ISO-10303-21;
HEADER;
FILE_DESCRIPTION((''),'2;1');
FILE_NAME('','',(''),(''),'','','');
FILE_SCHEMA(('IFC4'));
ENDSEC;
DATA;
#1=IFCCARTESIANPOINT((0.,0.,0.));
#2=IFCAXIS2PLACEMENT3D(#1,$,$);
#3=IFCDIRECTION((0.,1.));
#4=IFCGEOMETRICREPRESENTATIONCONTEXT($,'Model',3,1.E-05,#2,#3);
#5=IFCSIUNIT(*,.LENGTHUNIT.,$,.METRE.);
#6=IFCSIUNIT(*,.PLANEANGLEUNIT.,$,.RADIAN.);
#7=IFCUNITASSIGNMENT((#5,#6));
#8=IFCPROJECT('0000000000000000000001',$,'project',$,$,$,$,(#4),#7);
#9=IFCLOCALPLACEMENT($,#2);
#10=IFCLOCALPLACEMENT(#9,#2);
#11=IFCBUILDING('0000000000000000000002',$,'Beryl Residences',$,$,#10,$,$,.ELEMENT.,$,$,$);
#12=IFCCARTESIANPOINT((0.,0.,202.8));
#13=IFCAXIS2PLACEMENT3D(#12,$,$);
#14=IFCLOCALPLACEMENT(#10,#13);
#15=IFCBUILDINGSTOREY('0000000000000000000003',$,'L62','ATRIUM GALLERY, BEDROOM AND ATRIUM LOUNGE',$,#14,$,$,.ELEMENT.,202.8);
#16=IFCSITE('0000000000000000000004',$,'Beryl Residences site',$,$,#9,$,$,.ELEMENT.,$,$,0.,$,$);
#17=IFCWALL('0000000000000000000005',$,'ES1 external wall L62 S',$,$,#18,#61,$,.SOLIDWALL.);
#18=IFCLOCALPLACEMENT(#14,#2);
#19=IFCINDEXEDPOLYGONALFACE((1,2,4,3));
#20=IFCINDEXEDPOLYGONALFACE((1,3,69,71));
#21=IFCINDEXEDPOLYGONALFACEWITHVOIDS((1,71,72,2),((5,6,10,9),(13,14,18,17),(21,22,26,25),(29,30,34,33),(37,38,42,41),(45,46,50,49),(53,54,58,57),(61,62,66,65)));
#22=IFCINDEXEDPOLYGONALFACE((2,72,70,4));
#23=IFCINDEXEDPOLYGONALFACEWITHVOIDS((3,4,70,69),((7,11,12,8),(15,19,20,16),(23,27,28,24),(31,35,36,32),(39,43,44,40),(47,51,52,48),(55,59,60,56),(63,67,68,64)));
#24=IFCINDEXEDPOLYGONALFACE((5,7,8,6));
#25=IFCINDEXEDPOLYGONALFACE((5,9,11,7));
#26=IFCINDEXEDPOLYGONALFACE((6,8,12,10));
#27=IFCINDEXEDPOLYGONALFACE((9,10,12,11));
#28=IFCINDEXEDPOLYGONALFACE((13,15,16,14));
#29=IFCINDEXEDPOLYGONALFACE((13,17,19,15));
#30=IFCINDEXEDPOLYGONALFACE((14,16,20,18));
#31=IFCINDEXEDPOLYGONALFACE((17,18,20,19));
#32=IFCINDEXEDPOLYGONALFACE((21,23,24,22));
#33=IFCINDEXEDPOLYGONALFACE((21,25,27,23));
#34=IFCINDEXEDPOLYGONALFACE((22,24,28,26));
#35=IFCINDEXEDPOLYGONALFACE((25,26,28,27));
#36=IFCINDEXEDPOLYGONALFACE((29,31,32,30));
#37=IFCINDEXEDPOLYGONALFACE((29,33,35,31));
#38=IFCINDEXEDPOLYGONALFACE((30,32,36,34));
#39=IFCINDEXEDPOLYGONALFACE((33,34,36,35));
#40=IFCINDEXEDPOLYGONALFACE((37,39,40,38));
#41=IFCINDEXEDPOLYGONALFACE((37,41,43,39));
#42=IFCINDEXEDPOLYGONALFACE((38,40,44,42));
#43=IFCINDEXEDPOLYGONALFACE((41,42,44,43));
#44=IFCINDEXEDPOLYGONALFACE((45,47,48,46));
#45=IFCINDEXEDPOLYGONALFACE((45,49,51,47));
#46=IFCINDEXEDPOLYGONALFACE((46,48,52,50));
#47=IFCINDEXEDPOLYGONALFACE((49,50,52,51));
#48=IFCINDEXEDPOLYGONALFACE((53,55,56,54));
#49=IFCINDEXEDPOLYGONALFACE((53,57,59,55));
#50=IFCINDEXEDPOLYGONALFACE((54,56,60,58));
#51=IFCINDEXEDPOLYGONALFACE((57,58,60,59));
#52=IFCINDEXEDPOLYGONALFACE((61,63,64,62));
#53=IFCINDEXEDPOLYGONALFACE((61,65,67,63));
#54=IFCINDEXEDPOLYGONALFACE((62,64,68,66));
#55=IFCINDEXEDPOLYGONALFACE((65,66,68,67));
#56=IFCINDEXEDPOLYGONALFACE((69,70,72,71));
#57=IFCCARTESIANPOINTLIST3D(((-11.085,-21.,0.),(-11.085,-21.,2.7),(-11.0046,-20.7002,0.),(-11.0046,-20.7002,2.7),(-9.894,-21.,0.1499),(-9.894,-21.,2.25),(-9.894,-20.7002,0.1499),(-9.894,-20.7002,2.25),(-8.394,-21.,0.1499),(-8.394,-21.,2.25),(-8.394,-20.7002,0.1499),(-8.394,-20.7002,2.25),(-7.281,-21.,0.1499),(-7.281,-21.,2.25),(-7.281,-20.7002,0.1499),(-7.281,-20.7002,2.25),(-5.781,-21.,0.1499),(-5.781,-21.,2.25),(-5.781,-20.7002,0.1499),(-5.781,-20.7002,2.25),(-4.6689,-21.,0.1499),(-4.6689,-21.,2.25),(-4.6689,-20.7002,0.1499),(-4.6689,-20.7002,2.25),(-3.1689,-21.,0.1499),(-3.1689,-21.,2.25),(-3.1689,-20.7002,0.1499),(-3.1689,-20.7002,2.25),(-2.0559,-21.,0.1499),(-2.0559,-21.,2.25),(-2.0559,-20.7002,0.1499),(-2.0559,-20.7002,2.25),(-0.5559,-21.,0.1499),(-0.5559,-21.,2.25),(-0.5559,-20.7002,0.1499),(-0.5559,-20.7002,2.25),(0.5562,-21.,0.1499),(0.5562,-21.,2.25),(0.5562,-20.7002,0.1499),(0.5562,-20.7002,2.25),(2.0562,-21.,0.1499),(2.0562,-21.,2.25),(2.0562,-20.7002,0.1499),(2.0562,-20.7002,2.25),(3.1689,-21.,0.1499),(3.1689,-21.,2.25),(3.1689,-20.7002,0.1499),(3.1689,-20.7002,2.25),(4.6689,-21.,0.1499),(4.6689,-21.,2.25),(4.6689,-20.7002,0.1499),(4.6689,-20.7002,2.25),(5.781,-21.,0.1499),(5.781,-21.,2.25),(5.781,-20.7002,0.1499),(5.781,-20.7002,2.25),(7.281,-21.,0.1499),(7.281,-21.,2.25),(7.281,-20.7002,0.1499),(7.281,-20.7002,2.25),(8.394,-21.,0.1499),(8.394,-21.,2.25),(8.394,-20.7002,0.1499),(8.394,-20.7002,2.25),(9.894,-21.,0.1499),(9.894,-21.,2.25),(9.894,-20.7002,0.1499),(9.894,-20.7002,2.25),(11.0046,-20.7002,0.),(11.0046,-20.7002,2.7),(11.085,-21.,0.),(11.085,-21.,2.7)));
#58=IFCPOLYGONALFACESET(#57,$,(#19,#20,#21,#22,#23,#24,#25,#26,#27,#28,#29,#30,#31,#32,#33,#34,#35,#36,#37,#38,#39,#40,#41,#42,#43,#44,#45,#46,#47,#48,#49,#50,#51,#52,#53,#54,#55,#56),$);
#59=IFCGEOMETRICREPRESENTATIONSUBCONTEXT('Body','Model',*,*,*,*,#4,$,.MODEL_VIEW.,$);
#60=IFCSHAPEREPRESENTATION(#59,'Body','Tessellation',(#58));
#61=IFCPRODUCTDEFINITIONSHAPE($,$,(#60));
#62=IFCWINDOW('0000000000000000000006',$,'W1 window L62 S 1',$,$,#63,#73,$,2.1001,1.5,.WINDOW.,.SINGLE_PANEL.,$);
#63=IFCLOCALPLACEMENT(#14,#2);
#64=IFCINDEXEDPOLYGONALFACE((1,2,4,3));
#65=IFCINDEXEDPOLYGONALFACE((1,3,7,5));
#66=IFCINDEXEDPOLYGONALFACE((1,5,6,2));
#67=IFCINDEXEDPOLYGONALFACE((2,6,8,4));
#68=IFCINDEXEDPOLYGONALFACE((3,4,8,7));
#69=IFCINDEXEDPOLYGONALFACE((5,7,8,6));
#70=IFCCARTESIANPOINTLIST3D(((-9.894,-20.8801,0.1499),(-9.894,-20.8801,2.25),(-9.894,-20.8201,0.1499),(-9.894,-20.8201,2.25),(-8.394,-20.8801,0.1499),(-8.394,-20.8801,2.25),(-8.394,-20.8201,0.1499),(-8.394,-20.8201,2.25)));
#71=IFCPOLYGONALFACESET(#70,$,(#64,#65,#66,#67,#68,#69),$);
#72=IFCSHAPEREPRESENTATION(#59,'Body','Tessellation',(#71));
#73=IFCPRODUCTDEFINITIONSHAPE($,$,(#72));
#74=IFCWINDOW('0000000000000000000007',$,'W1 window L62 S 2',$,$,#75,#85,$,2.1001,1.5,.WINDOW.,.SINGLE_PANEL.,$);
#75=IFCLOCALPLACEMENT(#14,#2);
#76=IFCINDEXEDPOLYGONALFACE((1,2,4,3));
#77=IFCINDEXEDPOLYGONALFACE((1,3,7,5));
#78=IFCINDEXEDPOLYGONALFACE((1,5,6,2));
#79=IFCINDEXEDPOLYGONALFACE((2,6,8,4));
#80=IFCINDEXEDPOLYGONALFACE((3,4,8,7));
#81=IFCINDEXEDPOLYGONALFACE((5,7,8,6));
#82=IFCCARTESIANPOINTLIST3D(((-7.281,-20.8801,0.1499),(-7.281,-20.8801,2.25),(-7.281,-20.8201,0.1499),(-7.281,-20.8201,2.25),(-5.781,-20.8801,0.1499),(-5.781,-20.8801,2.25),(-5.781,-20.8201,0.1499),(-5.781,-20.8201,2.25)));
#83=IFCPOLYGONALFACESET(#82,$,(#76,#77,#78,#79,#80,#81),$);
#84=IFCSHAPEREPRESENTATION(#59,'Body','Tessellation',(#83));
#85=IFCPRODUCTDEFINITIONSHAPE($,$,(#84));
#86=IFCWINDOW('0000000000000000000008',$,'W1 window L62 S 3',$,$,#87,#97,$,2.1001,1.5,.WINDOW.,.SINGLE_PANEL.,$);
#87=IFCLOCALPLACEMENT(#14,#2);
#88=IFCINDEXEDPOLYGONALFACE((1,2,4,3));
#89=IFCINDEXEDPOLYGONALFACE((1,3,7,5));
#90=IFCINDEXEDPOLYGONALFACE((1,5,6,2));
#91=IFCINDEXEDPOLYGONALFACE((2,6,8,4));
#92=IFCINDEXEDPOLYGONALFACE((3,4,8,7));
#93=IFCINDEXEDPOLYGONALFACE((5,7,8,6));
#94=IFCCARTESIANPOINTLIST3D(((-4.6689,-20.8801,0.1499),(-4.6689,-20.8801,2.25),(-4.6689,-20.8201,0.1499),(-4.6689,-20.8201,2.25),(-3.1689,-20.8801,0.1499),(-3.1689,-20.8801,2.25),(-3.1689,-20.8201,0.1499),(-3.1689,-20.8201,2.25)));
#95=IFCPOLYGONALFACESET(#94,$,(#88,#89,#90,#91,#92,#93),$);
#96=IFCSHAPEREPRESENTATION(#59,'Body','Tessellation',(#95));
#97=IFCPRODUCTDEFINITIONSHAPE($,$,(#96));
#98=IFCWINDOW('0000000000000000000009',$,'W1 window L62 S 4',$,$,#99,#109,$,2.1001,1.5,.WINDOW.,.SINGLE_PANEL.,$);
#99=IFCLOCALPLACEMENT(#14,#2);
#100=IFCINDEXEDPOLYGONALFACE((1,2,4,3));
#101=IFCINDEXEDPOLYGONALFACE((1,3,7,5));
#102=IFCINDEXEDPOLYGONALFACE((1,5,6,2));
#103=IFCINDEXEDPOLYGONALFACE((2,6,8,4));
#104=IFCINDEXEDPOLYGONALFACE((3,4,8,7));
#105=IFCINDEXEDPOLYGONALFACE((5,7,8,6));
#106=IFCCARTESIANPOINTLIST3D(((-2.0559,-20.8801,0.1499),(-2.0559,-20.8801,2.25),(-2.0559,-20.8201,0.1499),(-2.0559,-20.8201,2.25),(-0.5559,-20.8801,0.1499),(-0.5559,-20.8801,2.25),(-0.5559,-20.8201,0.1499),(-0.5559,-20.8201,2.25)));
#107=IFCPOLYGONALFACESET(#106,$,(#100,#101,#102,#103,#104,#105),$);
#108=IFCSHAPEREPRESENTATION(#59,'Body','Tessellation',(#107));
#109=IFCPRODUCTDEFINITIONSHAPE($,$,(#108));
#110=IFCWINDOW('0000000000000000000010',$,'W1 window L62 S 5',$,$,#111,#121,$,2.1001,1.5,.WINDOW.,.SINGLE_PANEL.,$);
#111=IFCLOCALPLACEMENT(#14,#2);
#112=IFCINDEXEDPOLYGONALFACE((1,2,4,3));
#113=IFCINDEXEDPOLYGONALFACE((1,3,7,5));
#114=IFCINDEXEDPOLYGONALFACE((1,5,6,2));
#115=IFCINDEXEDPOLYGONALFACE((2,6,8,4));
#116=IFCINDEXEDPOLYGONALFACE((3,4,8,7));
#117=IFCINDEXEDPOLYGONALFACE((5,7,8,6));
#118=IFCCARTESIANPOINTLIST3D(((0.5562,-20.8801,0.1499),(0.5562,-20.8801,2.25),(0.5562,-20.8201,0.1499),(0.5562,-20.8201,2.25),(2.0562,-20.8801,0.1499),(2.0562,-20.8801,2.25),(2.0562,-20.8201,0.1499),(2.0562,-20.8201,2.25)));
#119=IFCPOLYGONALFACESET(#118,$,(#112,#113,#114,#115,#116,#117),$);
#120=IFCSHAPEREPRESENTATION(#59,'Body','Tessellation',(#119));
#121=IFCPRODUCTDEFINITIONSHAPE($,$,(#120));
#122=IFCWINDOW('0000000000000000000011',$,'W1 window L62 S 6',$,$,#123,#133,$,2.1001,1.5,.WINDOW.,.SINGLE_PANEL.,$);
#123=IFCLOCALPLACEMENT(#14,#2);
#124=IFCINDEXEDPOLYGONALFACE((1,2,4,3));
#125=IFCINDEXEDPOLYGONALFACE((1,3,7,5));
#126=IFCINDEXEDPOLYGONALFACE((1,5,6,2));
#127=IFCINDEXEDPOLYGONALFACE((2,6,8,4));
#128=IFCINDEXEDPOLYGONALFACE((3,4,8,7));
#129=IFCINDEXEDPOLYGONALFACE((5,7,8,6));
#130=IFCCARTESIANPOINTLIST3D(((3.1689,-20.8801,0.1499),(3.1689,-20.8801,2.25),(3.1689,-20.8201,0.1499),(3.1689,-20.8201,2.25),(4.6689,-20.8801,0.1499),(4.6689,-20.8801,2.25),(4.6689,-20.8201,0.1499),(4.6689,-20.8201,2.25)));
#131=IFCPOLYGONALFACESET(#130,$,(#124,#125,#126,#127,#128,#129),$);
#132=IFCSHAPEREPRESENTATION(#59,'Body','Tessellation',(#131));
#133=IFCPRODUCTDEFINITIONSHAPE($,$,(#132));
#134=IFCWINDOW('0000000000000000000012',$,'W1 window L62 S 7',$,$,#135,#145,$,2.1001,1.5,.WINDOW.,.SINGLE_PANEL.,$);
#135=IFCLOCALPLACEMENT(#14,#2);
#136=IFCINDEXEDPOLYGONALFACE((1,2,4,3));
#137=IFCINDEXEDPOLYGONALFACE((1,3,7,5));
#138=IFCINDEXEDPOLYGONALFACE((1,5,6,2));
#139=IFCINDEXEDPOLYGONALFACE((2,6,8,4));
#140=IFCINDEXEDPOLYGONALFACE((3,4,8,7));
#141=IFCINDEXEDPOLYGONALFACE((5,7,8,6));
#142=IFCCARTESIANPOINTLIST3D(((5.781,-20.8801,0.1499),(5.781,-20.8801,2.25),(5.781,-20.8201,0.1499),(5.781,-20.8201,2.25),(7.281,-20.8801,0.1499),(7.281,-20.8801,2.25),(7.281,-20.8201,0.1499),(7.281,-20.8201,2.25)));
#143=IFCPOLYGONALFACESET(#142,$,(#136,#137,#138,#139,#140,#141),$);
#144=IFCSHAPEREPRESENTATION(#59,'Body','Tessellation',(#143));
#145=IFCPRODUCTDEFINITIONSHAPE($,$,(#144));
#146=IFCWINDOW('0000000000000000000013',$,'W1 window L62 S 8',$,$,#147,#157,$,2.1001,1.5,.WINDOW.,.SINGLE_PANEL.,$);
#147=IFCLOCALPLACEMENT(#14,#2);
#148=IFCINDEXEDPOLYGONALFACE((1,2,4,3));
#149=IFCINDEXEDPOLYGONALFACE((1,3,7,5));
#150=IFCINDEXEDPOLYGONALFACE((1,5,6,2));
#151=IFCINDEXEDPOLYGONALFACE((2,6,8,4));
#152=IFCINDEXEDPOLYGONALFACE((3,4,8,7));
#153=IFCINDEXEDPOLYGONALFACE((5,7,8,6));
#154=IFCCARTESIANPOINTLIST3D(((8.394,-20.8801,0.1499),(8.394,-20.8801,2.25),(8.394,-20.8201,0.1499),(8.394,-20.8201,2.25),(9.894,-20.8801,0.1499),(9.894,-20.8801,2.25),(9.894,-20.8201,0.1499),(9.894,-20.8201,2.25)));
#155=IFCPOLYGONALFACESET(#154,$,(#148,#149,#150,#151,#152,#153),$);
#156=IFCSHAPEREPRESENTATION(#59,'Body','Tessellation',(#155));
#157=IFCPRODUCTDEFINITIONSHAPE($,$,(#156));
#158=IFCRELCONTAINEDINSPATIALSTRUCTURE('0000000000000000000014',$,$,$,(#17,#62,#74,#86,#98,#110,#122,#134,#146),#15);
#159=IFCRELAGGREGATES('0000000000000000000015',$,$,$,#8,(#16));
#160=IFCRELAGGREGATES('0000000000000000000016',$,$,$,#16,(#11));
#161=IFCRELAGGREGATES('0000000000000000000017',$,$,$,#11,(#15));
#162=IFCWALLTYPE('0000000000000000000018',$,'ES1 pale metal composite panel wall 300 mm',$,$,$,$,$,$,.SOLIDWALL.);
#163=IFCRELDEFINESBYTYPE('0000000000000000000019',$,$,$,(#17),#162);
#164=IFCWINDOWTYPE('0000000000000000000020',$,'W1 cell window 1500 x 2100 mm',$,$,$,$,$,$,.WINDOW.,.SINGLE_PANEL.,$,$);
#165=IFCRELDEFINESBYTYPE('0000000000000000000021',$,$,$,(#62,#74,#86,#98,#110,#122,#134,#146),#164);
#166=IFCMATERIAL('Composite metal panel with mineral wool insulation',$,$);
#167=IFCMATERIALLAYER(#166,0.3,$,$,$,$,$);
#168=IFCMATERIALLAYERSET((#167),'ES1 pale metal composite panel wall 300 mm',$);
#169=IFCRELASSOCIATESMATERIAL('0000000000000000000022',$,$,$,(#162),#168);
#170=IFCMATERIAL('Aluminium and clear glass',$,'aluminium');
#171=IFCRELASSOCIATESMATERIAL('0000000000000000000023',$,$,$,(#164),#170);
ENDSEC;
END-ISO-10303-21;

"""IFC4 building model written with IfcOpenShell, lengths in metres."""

from ifc_helpers import new_model, si_unit, direction, frame, frame_2d, origin, place, context, subcontext, project, spatial, polyline, rectangle, outline, extrude, material, layer, layer_set, type_object, element, fill, save


model = new_model("IFC4")

# Units and contexts
model_context = context("Model", 3, precision=1e-05, world=origin(), true_north=direction((0.0, 1.0)))
body_context = subcontext(model_context, "Body", "Model", "MODEL_VIEW")
ifc_project = project(units=[si_unit("LENGTHUNIT", "METRE"), si_unit("PLANEANGLEUNIT", "RADIAN")], contexts=[model_context])

# Site, building, storey
site_placement = place(None, origin())
site = spatial("IfcSite", under=ifc_project, at=site_placement, Name="Beryl Residences site", CompositionType="ELEMENT", RefElevation=0.0)
building_placement = place(site_placement, origin())
building = spatial("IfcBuilding", under=site, at=building_placement, Name="Beryl Residences", CompositionType="ELEMENT")
storey_placement = place(building_placement, frame((0.0, 0.0, 202.8)))
storey = spatial("IfcBuildingStorey", under=building, at=storey_placement, Name="L62", Description="ATRIUM GALLERY, BEDROOM AND ATRIUM LOUNGE", CompositionType="ELEMENT", Elevation=202.8)

# Wall, openings, windows
ifc_material_1 = material(Name="Composite metal panel with mineral wool insulation")
ifc_layer_1 = layer(ifc_material_1, 0.3)
ifc_layer_set_1 = layer_set([ifc_layer_1], Name="ES1 pale metal composite panel wall 300 mm")
wall_type_1 = type_object("IfcWallType", Name="ES1 pale metal composite panel wall 300 mm", PredefinedType="SOLIDWALL", material=ifc_layer_set_1)
wall_1_placement = place(storey_placement, frame((-11.085, -20.8501, 0.0), z_axis=(0.0, 0.0, 1.0), x_axis=(1.0, 0.0, 0.0)))
wall_1 = element("IfcWall", 1, at=wall_1_placement, inside=storey, type_object=wall_type_1, Name="ES1 external wall L62 S", PredefinedType="SOLIDWALL", context=body_context, shape_type="SweptSolid", body=[
    extrude(outline(polyline([(0.0, -0.1499), (22.1699, -0.1499), (22.0896, 0.1499), (0.0803, 0.1499), (0.0, -0.1499)])), origin(), (0.0, 0.0, 1.0), 2.7),
])
opening_1_placement = place(wall_1_placement, frame((1.1909, 0.0, 0.1499)))
opening_1 = element("IfcOpeningElement", 2, at=opening_1_placement, cuts=wall_1, PredefinedType="OPENING", context=body_context, shape_type="SweptSolid", body=[
    extrude(rectangle(XDim=1.5, YDim=2.1001, at=frame_2d((0.75, 1.05))), frame((0.0, 0.1599, 0.0), z_axis=(0.0, -1.0, 0.0), x_axis=(1.0, 0.0, 0.0)), (0.0, 0.0, 1.0), 0.3201),
])
opening_2_placement = place(wall_1_placement, frame((3.804, 0.0, 0.1499)))
opening_2 = element("IfcOpeningElement", 3, at=opening_2_placement, cuts=wall_1, PredefinedType="OPENING", context=body_context, shape_type="SweptSolid", body=[
    extrude(rectangle(XDim=1.5, YDim=2.1001, at=frame_2d((0.75, 1.05))), frame((0.0, 0.1599, 0.0), z_axis=(0.0, -1.0, 0.0), x_axis=(1.0, 0.0, 0.0)), (0.0, 0.0, 1.0), 0.3201),
])
opening_3_placement = place(wall_1_placement, frame((6.416, 0.0, 0.1499)))
opening_3 = element("IfcOpeningElement", 4, at=opening_3_placement, cuts=wall_1, PredefinedType="OPENING", context=body_context, shape_type="SweptSolid", body=[
    extrude(rectangle(XDim=1.5, YDim=2.1001, at=frame_2d((0.75, 1.05))), frame((0.0, 0.1599, 0.0), z_axis=(0.0, -1.0, 0.0), x_axis=(1.0, 0.0, 0.0)), (0.0, 0.0, 1.0), 0.3201),
])
opening_4_placement = place(wall_1_placement, frame((9.0291, 0.0, 0.1499)))
opening_4 = element("IfcOpeningElement", 5, at=opening_4_placement, cuts=wall_1, PredefinedType="OPENING", context=body_context, shape_type="SweptSolid", body=[
    extrude(rectangle(XDim=1.5, YDim=2.1001, at=frame_2d((0.75, 1.05))), frame((0.0, 0.1599, 0.0), z_axis=(0.0, -1.0, 0.0), x_axis=(1.0, 0.0, 0.0)), (0.0, 0.0, 1.0), 0.3201),
])
opening_5_placement = place(wall_1_placement, frame((11.6411, 0.0, 0.1499)))
opening_5 = element("IfcOpeningElement", 6, at=opening_5_placement, cuts=wall_1, PredefinedType="OPENING", context=body_context, shape_type="SweptSolid", body=[
    extrude(rectangle(XDim=1.5, YDim=2.1001, at=frame_2d((0.75, 1.05))), frame((0.0, 0.1599, 0.0), z_axis=(0.0, -1.0, 0.0), x_axis=(1.0, 0.0, 0.0)), (0.0, 0.0, 1.0), 0.3201),
])
opening_6_placement = place(wall_1_placement, frame((14.2539, 0.0, 0.1499)))
opening_6 = element("IfcOpeningElement", 7, at=opening_6_placement, cuts=wall_1, PredefinedType="OPENING", context=body_context, shape_type="SweptSolid", body=[
    extrude(rectangle(XDim=1.5, YDim=2.1001, at=frame_2d((0.75, 1.05))), frame((0.0, 0.1599, 0.0), z_axis=(0.0, -1.0, 0.0), x_axis=(1.0, 0.0, 0.0)), (0.0, 0.0, 1.0), 0.3201),
])
opening_7_placement = place(wall_1_placement, frame((16.866, 0.0, 0.1499)))
opening_7 = element("IfcOpeningElement", 8, at=opening_7_placement, cuts=wall_1, PredefinedType="OPENING", context=body_context, shape_type="SweptSolid", body=[
    extrude(rectangle(XDim=1.5, YDim=2.1001, at=frame_2d((0.75, 1.05))), frame((0.0, 0.1599, 0.0), z_axis=(0.0, -1.0, 0.0), x_axis=(1.0, 0.0, 0.0)), (0.0, 0.0, 1.0), 0.3201),
])
opening_8_placement = place(wall_1_placement, frame((19.479, 0.0, 0.1499)))
opening_8 = element("IfcOpeningElement", 9, at=opening_8_placement, cuts=wall_1, PredefinedType="OPENING", context=body_context, shape_type="SweptSolid", body=[
    extrude(rectangle(XDim=1.5, YDim=2.1001, at=frame_2d((0.75, 1.05))), frame((0.0, 0.1599, 0.0), z_axis=(0.0, -1.0, 0.0), x_axis=(1.0, 0.0, 0.0)), (0.0, 0.0, 1.0), 0.3201),
])
ifc_material_2 = material(Name="Aluminium and clear glass", Category="aluminium")
window_type = type_object("IfcWindowType", Name="W1 cell window 1500 x 2100 mm", PartitioningType="SINGLE_PANEL", PredefinedType="WINDOW", material=ifc_material_2)
window_1_placement = place(opening_1_placement, origin())
window_1 = element("IfcWindow", 10, at=window_1_placement, inside=storey, type_object=window_type, Name="W1 window L62 S 1", OverallHeight=2.1001, OverallWidth=1.5, PartitioningType="SINGLE_PANEL", PredefinedType="WINDOW", context=body_context, shape_type="SweptSolid", body=[
    extrude(rectangle(XDim=1.5, YDim=2.1001, at=frame_2d((0.75, 1.05))), frame((0.0, 0.03, 0.0), z_axis=(0.0, -1.0, 0.0), x_axis=(1.0, 0.0, 0.0)), (0.0, 0.0, 1.0), 0.0601),
])
fill(opening_1, window_1)
window_2_placement = place(opening_2_placement, origin())
window_2 = element("IfcWindow", 11, at=window_2_placement, inside=storey, type_object=window_type, Name="W1 window L62 S 2", OverallHeight=2.1001, OverallWidth=1.5, PartitioningType="SINGLE_PANEL", PredefinedType="WINDOW", context=body_context, shape_type="SweptSolid", body=[
    extrude(rectangle(XDim=1.5, YDim=2.1001, at=frame_2d((0.75, 1.05))), frame((0.0, 0.03, 0.0), z_axis=(0.0, -1.0, 0.0), x_axis=(1.0, 0.0, 0.0)), (0.0, 0.0, 1.0), 0.0601),
])
fill(opening_2, window_2)
window_3_placement = place(opening_3_placement, origin())
window_3 = element("IfcWindow", 12, at=window_3_placement, inside=storey, type_object=window_type, Name="W1 window L62 S 3", OverallHeight=2.1001, OverallWidth=1.5, PartitioningType="SINGLE_PANEL", PredefinedType="WINDOW", context=body_context, shape_type="SweptSolid", body=[
    extrude(rectangle(XDim=1.5, YDim=2.1001, at=frame_2d((0.75, 1.05))), frame((0.0, 0.03, 0.0), z_axis=(0.0, -1.0, 0.0), x_axis=(1.0, 0.0, 0.0)), (0.0, 0.0, 1.0), 0.0601),
])
fill(opening_3, window_3)
window_4_placement = place(opening_4_placement, origin())
window_4 = element("IfcWindow", 13, at=window_4_placement, inside=storey, type_object=window_type, Name="W1 window L62 S 4", OverallHeight=2.1001, OverallWidth=1.5, PartitioningType="SINGLE_PANEL", PredefinedType="WINDOW", context=body_context, shape_type="SweptSolid", body=[
    extrude(rectangle(XDim=1.5, YDim=2.1001, at=frame_2d((0.75, 1.05))), frame((0.0, 0.03, 0.0), z_axis=(0.0, -1.0, 0.0), x_axis=(1.0, 0.0, 0.0)), (0.0, 0.0, 1.0), 0.0601),
])
fill(opening_4, window_4)
window_5_placement = place(opening_5_placement, origin())
window_5 = element("IfcWindow", 14, at=window_5_placement, inside=storey, type_object=window_type, Name="W1 window L62 S 5", OverallHeight=2.1001, OverallWidth=1.5, PartitioningType="SINGLE_PANEL", PredefinedType="WINDOW", context=body_context, shape_type="SweptSolid", body=[
    extrude(rectangle(XDim=1.5, YDim=2.1001, at=frame_2d((0.75, 1.05))), frame((0.0, 0.03, 0.0), z_axis=(0.0, -1.0, 0.0), x_axis=(1.0, 0.0, 0.0)), (0.0, 0.0, 1.0), 0.0601),
])
fill(opening_5, window_5)
window_6_placement = place(opening_6_placement, origin())
window_6 = element("IfcWindow", 15, at=window_6_placement, inside=storey, type_object=window_type, Name="W1 window L62 S 6", OverallHeight=2.1001, OverallWidth=1.5, PartitioningType="SINGLE_PANEL", PredefinedType="WINDOW", context=body_context, shape_type="SweptSolid", body=[
    extrude(rectangle(XDim=1.5, YDim=2.1001, at=frame_2d((0.75, 1.05))), frame((0.0, 0.03, 0.0), z_axis=(0.0, -1.0, 0.0), x_axis=(1.0, 0.0, 0.0)), (0.0, 0.0, 1.0), 0.0601),
])
fill(opening_6, window_6)
window_7_placement = place(opening_7_placement, origin())
window_7 = element("IfcWindow", 16, at=window_7_placement, inside=storey, type_object=window_type, Name="W1 window L62 S 7", OverallHeight=2.1001, OverallWidth=1.5, PartitioningType="SINGLE_PANEL", PredefinedType="WINDOW", context=body_context, shape_type="SweptSolid", body=[
    extrude(rectangle(XDim=1.5, YDim=2.1001, at=frame_2d((0.75, 1.05))), frame((0.0, 0.03, 0.0), z_axis=(0.0, -1.0, 0.0), x_axis=(1.0, 0.0, 0.0)), (0.0, 0.0, 1.0), 0.0601),
])
fill(opening_7, window_7)
window_8_placement = place(opening_8_placement, origin())
window_8 = element("IfcWindow", 17, at=window_8_placement, inside=storey, type_object=window_type, Name="W1 window L62 S 8", OverallHeight=2.1001, OverallWidth=1.5, PartitioningType="SINGLE_PANEL", PredefinedType="WINDOW", context=body_context, shape_type="SweptSolid", body=[
    extrude(rectangle(XDim=1.5, YDim=2.1001, at=frame_2d((0.75, 1.05))), frame((0.0, 0.03, 0.0), z_axis=(0.0, -1.0, 0.0), x_axis=(1.0, 0.0, 0.0)), (0.0, 0.0, 1.0), 0.0601),
])
fill(opening_8, window_8)

save(model, "model.ifc")
